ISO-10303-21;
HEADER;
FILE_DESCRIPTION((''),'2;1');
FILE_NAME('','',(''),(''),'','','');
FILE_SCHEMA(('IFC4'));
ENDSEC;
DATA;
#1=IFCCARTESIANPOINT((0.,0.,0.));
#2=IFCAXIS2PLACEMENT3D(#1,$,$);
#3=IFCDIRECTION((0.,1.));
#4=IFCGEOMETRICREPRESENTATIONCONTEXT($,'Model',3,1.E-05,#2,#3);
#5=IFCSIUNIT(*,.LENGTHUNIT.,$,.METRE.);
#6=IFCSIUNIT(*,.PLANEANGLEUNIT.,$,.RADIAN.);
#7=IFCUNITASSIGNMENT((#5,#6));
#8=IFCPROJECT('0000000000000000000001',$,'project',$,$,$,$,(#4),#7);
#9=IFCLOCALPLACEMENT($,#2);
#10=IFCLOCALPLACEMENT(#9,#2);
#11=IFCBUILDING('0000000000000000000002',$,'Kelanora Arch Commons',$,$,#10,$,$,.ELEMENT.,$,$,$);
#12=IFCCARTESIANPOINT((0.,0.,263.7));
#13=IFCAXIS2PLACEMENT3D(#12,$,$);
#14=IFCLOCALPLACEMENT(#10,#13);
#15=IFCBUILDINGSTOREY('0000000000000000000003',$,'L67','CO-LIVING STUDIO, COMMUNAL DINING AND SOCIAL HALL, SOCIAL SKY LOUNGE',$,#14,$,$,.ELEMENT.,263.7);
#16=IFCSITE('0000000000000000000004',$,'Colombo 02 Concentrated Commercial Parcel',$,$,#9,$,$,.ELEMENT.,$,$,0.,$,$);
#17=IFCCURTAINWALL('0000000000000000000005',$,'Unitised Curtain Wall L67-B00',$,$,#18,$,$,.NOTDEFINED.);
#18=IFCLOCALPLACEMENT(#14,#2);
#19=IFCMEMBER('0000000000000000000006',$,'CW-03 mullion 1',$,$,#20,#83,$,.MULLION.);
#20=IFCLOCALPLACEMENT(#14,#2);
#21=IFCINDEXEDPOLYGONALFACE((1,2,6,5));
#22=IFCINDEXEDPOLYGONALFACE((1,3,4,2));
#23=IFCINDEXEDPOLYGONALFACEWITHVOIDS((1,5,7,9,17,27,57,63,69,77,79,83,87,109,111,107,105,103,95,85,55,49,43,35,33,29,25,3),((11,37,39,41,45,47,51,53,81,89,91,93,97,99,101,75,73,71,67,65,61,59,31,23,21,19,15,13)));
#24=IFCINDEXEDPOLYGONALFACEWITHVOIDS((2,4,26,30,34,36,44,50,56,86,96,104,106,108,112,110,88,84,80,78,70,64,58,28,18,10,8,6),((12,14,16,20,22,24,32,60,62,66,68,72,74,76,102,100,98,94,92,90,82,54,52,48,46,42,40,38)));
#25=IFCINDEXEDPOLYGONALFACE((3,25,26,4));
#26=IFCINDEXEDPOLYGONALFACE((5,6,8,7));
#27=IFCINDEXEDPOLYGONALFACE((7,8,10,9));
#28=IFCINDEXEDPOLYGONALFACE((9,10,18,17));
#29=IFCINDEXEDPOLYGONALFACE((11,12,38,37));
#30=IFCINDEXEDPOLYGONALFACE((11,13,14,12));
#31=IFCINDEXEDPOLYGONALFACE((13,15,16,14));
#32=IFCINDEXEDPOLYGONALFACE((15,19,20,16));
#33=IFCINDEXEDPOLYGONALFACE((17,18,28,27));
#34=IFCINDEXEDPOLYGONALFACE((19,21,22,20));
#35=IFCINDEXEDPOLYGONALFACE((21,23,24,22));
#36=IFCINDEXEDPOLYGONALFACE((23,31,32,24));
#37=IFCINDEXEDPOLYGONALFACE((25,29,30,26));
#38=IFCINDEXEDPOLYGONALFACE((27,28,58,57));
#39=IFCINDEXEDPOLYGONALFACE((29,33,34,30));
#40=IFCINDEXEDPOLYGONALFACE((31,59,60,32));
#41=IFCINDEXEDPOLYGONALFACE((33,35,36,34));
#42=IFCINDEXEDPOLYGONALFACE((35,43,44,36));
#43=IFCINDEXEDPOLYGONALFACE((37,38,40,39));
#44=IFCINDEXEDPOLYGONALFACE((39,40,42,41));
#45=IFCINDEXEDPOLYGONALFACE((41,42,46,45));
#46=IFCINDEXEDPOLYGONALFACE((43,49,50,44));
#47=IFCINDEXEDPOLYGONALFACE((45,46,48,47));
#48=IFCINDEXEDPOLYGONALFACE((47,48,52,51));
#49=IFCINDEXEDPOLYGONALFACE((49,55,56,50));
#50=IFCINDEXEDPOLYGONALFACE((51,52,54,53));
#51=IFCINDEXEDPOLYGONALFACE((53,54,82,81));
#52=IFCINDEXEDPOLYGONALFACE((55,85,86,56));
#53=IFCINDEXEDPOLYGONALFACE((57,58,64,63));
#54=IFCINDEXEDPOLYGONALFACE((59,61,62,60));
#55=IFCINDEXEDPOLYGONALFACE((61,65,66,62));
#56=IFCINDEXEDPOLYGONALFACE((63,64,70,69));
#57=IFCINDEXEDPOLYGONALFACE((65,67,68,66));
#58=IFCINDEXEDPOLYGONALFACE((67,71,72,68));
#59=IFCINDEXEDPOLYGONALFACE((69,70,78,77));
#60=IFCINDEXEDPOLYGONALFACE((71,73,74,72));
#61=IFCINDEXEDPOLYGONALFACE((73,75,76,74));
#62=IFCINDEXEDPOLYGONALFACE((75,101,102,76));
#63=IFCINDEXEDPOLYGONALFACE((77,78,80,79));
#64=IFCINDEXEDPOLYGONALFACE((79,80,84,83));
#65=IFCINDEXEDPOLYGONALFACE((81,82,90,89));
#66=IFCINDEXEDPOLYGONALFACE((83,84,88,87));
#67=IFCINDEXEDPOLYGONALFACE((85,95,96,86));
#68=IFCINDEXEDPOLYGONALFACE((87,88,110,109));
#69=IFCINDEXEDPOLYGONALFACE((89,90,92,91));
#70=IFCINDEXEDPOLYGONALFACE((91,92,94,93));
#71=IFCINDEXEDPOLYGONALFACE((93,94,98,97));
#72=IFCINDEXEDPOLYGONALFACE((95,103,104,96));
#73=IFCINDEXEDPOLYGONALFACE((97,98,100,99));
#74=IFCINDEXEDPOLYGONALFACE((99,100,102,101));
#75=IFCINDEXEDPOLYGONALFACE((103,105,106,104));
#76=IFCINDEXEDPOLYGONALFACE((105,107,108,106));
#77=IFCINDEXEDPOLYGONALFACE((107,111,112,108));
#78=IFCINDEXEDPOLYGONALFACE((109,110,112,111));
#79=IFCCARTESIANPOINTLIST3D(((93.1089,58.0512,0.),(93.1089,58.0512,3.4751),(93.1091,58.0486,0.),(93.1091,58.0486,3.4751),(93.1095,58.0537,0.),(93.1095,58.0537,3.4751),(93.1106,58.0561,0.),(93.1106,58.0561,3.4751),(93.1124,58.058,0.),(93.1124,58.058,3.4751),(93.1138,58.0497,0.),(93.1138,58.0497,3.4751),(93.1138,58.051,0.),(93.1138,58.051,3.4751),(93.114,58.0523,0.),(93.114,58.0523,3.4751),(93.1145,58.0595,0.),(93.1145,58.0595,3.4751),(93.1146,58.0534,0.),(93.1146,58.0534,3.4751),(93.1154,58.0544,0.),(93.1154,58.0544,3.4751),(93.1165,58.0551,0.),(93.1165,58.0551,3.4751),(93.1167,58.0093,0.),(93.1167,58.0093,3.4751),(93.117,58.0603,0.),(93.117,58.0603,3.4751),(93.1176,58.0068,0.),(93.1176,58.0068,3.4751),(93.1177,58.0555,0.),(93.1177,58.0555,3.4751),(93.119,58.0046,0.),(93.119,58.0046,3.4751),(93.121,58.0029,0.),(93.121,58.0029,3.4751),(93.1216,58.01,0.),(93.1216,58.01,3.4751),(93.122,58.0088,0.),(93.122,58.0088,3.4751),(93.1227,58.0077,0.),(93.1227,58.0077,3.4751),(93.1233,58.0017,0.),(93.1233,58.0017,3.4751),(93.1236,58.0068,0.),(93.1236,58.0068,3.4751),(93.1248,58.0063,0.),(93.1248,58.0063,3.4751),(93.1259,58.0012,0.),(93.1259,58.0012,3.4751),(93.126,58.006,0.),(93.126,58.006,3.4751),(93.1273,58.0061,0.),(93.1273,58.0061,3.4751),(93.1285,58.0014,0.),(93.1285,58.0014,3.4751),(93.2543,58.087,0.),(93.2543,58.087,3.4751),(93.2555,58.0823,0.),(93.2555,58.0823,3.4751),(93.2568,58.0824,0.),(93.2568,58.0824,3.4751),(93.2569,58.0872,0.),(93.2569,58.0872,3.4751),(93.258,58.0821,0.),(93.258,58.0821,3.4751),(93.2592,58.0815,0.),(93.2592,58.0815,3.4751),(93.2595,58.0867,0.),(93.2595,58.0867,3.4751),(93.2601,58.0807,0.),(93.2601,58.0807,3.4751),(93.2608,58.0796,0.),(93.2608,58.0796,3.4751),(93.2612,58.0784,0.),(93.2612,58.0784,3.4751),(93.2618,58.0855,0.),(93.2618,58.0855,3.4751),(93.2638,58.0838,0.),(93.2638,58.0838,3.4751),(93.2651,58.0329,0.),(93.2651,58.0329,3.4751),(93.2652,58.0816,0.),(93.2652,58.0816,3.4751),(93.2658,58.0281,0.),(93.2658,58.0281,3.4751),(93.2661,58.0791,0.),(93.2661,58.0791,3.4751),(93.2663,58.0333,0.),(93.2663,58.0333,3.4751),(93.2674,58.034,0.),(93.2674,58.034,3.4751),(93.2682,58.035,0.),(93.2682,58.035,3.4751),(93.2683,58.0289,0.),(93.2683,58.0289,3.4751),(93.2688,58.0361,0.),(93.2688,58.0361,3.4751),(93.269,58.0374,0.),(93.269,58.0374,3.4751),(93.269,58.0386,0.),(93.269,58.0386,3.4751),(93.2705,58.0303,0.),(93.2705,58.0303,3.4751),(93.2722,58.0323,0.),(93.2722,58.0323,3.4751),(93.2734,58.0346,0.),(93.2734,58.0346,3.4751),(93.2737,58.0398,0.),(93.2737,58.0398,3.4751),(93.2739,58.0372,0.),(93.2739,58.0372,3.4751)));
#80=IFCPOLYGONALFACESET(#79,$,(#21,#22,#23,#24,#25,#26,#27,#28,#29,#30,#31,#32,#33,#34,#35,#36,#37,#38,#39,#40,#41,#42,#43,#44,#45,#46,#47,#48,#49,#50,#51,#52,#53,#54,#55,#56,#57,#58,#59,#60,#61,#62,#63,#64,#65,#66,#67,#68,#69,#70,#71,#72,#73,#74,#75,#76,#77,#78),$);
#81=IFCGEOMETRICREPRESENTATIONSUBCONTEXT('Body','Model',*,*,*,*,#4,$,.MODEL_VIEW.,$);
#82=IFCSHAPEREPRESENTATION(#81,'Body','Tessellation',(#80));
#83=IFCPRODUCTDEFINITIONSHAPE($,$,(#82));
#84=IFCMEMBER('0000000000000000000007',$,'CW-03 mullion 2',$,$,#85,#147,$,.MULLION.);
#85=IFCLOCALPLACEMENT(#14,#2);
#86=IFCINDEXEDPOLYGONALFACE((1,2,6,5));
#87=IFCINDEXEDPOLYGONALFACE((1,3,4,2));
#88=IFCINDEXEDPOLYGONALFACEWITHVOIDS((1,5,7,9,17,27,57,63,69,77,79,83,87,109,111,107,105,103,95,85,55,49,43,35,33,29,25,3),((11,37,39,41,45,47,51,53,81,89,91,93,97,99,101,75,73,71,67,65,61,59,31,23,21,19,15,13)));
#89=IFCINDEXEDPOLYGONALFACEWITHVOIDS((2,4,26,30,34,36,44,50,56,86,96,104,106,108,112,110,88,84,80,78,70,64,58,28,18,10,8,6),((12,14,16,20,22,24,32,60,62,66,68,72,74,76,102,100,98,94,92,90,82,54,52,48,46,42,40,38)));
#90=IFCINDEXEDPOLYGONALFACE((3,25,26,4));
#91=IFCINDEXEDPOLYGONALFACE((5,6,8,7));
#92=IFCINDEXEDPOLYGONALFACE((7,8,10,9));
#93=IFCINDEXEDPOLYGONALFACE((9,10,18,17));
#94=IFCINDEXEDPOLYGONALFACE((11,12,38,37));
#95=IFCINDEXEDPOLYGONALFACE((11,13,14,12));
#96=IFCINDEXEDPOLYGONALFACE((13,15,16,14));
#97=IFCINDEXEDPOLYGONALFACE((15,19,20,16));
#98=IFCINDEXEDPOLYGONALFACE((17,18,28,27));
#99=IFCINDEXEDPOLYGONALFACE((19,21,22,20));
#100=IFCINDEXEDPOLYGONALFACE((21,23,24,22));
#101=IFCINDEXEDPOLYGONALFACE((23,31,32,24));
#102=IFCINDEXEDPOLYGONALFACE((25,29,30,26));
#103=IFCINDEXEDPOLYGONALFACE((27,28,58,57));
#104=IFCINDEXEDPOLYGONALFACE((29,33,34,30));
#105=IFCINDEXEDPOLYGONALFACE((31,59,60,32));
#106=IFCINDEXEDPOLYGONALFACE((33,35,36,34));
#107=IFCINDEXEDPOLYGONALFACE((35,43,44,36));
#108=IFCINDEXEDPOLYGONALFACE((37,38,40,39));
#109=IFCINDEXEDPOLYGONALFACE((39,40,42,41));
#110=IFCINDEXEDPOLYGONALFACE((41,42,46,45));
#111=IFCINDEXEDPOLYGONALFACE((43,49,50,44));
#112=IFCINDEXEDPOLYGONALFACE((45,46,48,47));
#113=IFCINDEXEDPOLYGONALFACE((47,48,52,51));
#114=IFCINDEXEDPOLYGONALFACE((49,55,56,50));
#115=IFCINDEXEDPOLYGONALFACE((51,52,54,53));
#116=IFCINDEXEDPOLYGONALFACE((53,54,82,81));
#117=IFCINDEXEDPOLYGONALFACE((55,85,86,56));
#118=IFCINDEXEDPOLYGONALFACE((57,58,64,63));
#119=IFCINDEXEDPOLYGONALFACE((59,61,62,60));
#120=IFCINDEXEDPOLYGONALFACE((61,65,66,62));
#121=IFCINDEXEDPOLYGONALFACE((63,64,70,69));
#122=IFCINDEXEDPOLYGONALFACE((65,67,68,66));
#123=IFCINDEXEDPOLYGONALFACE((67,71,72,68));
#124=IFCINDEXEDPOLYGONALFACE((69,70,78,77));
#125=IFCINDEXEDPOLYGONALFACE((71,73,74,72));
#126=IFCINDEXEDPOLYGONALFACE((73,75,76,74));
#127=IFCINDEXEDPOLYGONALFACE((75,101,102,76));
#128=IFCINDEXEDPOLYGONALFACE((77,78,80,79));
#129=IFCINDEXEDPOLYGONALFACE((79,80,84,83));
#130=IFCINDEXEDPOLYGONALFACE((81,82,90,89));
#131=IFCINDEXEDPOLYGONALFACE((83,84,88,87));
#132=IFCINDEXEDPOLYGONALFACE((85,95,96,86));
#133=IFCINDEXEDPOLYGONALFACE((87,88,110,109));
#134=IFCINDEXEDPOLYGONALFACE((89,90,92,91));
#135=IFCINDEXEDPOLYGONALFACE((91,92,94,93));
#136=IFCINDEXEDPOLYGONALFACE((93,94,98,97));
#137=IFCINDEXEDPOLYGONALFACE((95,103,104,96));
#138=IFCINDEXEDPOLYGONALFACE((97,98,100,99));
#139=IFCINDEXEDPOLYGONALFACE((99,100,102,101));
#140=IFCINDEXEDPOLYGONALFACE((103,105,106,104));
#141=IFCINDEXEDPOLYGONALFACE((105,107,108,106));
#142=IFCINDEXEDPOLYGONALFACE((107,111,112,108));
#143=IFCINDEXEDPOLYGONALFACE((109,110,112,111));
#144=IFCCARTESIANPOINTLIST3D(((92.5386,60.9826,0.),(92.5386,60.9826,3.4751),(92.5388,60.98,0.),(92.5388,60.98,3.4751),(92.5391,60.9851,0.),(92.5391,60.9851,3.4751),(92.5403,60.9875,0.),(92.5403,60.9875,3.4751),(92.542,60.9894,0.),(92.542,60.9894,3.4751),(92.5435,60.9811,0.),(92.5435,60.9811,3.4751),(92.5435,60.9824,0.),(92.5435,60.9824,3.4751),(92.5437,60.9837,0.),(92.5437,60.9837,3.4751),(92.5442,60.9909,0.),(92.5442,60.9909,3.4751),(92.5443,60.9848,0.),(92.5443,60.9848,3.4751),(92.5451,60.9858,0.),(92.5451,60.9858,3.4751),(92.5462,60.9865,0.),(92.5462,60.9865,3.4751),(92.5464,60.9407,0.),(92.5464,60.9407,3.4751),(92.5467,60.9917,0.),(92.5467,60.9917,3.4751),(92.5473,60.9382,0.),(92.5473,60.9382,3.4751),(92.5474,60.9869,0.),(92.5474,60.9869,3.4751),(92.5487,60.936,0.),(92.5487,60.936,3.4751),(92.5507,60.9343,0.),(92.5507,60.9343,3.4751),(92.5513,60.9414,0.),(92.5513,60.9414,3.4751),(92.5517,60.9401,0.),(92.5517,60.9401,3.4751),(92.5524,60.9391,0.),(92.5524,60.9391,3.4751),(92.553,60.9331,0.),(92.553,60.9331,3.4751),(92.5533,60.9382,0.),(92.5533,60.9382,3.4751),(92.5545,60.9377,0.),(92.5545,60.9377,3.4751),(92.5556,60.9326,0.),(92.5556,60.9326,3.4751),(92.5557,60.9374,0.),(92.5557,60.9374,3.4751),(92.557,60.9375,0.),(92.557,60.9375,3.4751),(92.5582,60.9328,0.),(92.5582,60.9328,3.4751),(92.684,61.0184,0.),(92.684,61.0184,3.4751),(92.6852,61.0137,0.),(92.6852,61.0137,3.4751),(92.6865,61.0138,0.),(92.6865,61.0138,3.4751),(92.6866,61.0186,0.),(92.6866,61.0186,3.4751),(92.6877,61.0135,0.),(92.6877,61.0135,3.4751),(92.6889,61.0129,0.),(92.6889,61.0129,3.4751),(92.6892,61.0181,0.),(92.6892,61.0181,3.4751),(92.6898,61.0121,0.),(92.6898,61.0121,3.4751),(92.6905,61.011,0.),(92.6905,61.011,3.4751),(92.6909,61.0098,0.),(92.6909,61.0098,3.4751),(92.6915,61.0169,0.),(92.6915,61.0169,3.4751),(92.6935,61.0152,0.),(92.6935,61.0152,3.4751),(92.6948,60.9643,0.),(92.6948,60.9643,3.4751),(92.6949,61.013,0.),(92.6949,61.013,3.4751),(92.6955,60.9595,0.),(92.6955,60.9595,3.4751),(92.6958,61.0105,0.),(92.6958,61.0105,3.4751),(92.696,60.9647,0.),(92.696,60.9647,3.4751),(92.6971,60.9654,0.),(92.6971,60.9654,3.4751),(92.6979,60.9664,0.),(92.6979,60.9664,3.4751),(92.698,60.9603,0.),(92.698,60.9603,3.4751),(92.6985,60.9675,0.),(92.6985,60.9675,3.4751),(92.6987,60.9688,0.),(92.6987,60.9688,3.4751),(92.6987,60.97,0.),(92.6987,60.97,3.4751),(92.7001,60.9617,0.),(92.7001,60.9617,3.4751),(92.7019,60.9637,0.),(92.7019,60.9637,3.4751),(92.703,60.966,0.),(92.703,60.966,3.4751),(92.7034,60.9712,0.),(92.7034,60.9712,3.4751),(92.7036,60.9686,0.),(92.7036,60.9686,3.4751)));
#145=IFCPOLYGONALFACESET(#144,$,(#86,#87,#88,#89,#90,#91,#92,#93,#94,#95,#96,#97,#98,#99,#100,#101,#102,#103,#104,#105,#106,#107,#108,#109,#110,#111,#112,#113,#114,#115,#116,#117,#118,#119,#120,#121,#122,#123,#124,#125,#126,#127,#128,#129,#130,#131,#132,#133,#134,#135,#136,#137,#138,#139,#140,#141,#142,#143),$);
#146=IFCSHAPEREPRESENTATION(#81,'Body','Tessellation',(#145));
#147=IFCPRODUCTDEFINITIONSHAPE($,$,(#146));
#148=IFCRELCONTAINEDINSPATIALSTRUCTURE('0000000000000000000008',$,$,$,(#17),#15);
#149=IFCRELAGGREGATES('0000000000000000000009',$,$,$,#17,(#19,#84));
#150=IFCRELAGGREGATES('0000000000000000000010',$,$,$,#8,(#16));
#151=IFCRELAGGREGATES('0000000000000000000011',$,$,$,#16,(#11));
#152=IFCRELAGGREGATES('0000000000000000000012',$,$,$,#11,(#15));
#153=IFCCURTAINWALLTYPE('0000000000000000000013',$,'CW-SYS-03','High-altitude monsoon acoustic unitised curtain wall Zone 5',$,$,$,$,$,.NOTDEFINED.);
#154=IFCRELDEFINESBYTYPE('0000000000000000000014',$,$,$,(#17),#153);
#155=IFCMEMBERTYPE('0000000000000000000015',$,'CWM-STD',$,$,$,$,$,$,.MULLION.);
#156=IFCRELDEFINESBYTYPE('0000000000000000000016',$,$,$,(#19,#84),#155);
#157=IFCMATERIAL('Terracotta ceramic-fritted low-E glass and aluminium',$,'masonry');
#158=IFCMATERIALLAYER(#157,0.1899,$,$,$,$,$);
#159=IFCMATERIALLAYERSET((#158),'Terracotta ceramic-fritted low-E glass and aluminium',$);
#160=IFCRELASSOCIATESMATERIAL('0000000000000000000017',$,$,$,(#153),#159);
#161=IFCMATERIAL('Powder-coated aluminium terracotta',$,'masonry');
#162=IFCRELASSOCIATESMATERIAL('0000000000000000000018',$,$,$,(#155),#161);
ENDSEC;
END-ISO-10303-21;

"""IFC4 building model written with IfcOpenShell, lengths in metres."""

from ifc_helpers import new_model, si_unit, direction, frame, origin, origin_2d, place, context, subcontext, project, spatial, hollow_rectangle, extrude, material, layer, layer_set, material_profile, profile_set, type_object, element, aggregate, save


model = new_model("IFC4")

# Units and contexts
model_context = context("Model", 3, precision=1e-05, world=origin(), true_north=direction((0.0, 1.0)))
body_context = subcontext(model_context, "Body", "Model", "MODEL_VIEW")
ifc_project = project(units=[si_unit("LENGTHUNIT", "METRE"), si_unit("PLANEANGLEUNIT", "RADIAN")], contexts=[model_context])

# Site, building, storey
site_placement = place(None, origin())
site = spatial("IfcSite", under=ifc_project, at=site_placement, Name="Colombo 02 Concentrated Commercial Parcel", CompositionType="ELEMENT", RefElevation=0.0)
building_placement = place(site_placement, origin())
building = spatial("IfcBuilding", under=site, at=building_placement, Name="Kelanora Arch Commons", CompositionType="ELEMENT")
storey_placement = place(building_placement, frame((0.0, 0.0, 263.7)))
storey = spatial("IfcBuildingStorey", under=building, at=storey_placement, Name="L67", Description="CO-LIVING STUDIO, COMMUNAL DINING AND SOCIAL HALL, SOCIAL SKY LOUNGE", CompositionType="ELEMENT", Elevation=263.7)

# Curtain wall, members
ifc_material_1 = material(Name="Terracotta ceramic-fritted low-E glass and aluminium", Category="masonry")
ifc_layer_1 = layer(ifc_material_1, 0.1899)
ifc_layer_set_1 = layer_set([ifc_layer_1], Name="Terracotta ceramic-fritted low-E glass and aluminium")
curtain_wall_type = type_object("IfcCurtainWallType", Name="CW-SYS-03", Description="High-altitude monsoon acoustic unitised curtain wall Zone 5", PredefinedType="NOTDEFINED", material=ifc_layer_set_1)
curtain_wall_placement = place(storey_placement, origin())
curtain_wall = element("IfcCurtainWall", 1, at=curtain_wall_placement, inside=storey, type_object=curtain_wall_type, Name="Unitised Curtain Wall L67-B00", PredefinedType="NOTDEFINED")
ifc_material_2 = material(Name="Powder-coated aluminium terracotta", Category="masonry")
ifc_material_profile_1 = material_profile(ifc_material_2, hollow_rectangle(XDim=0.1599, YDim=0.0601, WallThickness=0.0049, InnerFilletRadius=0.0049, OuterFilletRadius=0.01, at=origin_2d()), Name="CWM160x60")
ifc_profile_set_1 = profile_set([ifc_material_profile_1], Name="Powder-coated aluminium terracotta")
member_type_1 = type_object("IfcMemberType", Name="CWM-STD", PredefinedType="MULLION", material=ifc_profile_set_1)
member_1_placement = place(storey_placement, frame((93.1914, 58.0442, 0.0), z_axis=(0.0, 0.0, 1.0), x_axis=(-0.981596, -0.190972, 0.0)))
member_1 = element("IfcMember", 2, at=member_1_placement, type_object=member_type_1, Name="CW-03 mullion 1", PredefinedType="MULLION", context=body_context, shape_type="SweptSolid", body=[
    extrude(hollow_rectangle(XDim=0.1599, YDim=0.0601, WallThickness=0.0049, InnerFilletRadius=0.0049, OuterFilletRadius=0.01, at=origin_2d()), origin(), (0.0, 0.0, 1.0), 3.4751),
])
member_2_placement = place(storey_placement, frame((92.6211, 60.9756, 0.0), z_axis=(0.0, 0.0, 1.0), x_axis=(-0.981596, -0.190972, 0.0)))
member_2 = element("IfcMember", 3, at=member_2_placement, type_object=member_type_1, Name="CW-03 mullion 2", PredefinedType="MULLION", context=body_context, shape_type="SweptSolid", body=[
    extrude(hollow_rectangle(XDim=0.1599, YDim=0.0601, WallThickness=0.0049, InnerFilletRadius=0.0049, OuterFilletRadius=0.01, at=origin_2d()), origin(), (0.0, 0.0, 1.0), 3.4751),
])
aggregate(curtain_wall, [member_1, member_2])

save(model, "model.ifc")
